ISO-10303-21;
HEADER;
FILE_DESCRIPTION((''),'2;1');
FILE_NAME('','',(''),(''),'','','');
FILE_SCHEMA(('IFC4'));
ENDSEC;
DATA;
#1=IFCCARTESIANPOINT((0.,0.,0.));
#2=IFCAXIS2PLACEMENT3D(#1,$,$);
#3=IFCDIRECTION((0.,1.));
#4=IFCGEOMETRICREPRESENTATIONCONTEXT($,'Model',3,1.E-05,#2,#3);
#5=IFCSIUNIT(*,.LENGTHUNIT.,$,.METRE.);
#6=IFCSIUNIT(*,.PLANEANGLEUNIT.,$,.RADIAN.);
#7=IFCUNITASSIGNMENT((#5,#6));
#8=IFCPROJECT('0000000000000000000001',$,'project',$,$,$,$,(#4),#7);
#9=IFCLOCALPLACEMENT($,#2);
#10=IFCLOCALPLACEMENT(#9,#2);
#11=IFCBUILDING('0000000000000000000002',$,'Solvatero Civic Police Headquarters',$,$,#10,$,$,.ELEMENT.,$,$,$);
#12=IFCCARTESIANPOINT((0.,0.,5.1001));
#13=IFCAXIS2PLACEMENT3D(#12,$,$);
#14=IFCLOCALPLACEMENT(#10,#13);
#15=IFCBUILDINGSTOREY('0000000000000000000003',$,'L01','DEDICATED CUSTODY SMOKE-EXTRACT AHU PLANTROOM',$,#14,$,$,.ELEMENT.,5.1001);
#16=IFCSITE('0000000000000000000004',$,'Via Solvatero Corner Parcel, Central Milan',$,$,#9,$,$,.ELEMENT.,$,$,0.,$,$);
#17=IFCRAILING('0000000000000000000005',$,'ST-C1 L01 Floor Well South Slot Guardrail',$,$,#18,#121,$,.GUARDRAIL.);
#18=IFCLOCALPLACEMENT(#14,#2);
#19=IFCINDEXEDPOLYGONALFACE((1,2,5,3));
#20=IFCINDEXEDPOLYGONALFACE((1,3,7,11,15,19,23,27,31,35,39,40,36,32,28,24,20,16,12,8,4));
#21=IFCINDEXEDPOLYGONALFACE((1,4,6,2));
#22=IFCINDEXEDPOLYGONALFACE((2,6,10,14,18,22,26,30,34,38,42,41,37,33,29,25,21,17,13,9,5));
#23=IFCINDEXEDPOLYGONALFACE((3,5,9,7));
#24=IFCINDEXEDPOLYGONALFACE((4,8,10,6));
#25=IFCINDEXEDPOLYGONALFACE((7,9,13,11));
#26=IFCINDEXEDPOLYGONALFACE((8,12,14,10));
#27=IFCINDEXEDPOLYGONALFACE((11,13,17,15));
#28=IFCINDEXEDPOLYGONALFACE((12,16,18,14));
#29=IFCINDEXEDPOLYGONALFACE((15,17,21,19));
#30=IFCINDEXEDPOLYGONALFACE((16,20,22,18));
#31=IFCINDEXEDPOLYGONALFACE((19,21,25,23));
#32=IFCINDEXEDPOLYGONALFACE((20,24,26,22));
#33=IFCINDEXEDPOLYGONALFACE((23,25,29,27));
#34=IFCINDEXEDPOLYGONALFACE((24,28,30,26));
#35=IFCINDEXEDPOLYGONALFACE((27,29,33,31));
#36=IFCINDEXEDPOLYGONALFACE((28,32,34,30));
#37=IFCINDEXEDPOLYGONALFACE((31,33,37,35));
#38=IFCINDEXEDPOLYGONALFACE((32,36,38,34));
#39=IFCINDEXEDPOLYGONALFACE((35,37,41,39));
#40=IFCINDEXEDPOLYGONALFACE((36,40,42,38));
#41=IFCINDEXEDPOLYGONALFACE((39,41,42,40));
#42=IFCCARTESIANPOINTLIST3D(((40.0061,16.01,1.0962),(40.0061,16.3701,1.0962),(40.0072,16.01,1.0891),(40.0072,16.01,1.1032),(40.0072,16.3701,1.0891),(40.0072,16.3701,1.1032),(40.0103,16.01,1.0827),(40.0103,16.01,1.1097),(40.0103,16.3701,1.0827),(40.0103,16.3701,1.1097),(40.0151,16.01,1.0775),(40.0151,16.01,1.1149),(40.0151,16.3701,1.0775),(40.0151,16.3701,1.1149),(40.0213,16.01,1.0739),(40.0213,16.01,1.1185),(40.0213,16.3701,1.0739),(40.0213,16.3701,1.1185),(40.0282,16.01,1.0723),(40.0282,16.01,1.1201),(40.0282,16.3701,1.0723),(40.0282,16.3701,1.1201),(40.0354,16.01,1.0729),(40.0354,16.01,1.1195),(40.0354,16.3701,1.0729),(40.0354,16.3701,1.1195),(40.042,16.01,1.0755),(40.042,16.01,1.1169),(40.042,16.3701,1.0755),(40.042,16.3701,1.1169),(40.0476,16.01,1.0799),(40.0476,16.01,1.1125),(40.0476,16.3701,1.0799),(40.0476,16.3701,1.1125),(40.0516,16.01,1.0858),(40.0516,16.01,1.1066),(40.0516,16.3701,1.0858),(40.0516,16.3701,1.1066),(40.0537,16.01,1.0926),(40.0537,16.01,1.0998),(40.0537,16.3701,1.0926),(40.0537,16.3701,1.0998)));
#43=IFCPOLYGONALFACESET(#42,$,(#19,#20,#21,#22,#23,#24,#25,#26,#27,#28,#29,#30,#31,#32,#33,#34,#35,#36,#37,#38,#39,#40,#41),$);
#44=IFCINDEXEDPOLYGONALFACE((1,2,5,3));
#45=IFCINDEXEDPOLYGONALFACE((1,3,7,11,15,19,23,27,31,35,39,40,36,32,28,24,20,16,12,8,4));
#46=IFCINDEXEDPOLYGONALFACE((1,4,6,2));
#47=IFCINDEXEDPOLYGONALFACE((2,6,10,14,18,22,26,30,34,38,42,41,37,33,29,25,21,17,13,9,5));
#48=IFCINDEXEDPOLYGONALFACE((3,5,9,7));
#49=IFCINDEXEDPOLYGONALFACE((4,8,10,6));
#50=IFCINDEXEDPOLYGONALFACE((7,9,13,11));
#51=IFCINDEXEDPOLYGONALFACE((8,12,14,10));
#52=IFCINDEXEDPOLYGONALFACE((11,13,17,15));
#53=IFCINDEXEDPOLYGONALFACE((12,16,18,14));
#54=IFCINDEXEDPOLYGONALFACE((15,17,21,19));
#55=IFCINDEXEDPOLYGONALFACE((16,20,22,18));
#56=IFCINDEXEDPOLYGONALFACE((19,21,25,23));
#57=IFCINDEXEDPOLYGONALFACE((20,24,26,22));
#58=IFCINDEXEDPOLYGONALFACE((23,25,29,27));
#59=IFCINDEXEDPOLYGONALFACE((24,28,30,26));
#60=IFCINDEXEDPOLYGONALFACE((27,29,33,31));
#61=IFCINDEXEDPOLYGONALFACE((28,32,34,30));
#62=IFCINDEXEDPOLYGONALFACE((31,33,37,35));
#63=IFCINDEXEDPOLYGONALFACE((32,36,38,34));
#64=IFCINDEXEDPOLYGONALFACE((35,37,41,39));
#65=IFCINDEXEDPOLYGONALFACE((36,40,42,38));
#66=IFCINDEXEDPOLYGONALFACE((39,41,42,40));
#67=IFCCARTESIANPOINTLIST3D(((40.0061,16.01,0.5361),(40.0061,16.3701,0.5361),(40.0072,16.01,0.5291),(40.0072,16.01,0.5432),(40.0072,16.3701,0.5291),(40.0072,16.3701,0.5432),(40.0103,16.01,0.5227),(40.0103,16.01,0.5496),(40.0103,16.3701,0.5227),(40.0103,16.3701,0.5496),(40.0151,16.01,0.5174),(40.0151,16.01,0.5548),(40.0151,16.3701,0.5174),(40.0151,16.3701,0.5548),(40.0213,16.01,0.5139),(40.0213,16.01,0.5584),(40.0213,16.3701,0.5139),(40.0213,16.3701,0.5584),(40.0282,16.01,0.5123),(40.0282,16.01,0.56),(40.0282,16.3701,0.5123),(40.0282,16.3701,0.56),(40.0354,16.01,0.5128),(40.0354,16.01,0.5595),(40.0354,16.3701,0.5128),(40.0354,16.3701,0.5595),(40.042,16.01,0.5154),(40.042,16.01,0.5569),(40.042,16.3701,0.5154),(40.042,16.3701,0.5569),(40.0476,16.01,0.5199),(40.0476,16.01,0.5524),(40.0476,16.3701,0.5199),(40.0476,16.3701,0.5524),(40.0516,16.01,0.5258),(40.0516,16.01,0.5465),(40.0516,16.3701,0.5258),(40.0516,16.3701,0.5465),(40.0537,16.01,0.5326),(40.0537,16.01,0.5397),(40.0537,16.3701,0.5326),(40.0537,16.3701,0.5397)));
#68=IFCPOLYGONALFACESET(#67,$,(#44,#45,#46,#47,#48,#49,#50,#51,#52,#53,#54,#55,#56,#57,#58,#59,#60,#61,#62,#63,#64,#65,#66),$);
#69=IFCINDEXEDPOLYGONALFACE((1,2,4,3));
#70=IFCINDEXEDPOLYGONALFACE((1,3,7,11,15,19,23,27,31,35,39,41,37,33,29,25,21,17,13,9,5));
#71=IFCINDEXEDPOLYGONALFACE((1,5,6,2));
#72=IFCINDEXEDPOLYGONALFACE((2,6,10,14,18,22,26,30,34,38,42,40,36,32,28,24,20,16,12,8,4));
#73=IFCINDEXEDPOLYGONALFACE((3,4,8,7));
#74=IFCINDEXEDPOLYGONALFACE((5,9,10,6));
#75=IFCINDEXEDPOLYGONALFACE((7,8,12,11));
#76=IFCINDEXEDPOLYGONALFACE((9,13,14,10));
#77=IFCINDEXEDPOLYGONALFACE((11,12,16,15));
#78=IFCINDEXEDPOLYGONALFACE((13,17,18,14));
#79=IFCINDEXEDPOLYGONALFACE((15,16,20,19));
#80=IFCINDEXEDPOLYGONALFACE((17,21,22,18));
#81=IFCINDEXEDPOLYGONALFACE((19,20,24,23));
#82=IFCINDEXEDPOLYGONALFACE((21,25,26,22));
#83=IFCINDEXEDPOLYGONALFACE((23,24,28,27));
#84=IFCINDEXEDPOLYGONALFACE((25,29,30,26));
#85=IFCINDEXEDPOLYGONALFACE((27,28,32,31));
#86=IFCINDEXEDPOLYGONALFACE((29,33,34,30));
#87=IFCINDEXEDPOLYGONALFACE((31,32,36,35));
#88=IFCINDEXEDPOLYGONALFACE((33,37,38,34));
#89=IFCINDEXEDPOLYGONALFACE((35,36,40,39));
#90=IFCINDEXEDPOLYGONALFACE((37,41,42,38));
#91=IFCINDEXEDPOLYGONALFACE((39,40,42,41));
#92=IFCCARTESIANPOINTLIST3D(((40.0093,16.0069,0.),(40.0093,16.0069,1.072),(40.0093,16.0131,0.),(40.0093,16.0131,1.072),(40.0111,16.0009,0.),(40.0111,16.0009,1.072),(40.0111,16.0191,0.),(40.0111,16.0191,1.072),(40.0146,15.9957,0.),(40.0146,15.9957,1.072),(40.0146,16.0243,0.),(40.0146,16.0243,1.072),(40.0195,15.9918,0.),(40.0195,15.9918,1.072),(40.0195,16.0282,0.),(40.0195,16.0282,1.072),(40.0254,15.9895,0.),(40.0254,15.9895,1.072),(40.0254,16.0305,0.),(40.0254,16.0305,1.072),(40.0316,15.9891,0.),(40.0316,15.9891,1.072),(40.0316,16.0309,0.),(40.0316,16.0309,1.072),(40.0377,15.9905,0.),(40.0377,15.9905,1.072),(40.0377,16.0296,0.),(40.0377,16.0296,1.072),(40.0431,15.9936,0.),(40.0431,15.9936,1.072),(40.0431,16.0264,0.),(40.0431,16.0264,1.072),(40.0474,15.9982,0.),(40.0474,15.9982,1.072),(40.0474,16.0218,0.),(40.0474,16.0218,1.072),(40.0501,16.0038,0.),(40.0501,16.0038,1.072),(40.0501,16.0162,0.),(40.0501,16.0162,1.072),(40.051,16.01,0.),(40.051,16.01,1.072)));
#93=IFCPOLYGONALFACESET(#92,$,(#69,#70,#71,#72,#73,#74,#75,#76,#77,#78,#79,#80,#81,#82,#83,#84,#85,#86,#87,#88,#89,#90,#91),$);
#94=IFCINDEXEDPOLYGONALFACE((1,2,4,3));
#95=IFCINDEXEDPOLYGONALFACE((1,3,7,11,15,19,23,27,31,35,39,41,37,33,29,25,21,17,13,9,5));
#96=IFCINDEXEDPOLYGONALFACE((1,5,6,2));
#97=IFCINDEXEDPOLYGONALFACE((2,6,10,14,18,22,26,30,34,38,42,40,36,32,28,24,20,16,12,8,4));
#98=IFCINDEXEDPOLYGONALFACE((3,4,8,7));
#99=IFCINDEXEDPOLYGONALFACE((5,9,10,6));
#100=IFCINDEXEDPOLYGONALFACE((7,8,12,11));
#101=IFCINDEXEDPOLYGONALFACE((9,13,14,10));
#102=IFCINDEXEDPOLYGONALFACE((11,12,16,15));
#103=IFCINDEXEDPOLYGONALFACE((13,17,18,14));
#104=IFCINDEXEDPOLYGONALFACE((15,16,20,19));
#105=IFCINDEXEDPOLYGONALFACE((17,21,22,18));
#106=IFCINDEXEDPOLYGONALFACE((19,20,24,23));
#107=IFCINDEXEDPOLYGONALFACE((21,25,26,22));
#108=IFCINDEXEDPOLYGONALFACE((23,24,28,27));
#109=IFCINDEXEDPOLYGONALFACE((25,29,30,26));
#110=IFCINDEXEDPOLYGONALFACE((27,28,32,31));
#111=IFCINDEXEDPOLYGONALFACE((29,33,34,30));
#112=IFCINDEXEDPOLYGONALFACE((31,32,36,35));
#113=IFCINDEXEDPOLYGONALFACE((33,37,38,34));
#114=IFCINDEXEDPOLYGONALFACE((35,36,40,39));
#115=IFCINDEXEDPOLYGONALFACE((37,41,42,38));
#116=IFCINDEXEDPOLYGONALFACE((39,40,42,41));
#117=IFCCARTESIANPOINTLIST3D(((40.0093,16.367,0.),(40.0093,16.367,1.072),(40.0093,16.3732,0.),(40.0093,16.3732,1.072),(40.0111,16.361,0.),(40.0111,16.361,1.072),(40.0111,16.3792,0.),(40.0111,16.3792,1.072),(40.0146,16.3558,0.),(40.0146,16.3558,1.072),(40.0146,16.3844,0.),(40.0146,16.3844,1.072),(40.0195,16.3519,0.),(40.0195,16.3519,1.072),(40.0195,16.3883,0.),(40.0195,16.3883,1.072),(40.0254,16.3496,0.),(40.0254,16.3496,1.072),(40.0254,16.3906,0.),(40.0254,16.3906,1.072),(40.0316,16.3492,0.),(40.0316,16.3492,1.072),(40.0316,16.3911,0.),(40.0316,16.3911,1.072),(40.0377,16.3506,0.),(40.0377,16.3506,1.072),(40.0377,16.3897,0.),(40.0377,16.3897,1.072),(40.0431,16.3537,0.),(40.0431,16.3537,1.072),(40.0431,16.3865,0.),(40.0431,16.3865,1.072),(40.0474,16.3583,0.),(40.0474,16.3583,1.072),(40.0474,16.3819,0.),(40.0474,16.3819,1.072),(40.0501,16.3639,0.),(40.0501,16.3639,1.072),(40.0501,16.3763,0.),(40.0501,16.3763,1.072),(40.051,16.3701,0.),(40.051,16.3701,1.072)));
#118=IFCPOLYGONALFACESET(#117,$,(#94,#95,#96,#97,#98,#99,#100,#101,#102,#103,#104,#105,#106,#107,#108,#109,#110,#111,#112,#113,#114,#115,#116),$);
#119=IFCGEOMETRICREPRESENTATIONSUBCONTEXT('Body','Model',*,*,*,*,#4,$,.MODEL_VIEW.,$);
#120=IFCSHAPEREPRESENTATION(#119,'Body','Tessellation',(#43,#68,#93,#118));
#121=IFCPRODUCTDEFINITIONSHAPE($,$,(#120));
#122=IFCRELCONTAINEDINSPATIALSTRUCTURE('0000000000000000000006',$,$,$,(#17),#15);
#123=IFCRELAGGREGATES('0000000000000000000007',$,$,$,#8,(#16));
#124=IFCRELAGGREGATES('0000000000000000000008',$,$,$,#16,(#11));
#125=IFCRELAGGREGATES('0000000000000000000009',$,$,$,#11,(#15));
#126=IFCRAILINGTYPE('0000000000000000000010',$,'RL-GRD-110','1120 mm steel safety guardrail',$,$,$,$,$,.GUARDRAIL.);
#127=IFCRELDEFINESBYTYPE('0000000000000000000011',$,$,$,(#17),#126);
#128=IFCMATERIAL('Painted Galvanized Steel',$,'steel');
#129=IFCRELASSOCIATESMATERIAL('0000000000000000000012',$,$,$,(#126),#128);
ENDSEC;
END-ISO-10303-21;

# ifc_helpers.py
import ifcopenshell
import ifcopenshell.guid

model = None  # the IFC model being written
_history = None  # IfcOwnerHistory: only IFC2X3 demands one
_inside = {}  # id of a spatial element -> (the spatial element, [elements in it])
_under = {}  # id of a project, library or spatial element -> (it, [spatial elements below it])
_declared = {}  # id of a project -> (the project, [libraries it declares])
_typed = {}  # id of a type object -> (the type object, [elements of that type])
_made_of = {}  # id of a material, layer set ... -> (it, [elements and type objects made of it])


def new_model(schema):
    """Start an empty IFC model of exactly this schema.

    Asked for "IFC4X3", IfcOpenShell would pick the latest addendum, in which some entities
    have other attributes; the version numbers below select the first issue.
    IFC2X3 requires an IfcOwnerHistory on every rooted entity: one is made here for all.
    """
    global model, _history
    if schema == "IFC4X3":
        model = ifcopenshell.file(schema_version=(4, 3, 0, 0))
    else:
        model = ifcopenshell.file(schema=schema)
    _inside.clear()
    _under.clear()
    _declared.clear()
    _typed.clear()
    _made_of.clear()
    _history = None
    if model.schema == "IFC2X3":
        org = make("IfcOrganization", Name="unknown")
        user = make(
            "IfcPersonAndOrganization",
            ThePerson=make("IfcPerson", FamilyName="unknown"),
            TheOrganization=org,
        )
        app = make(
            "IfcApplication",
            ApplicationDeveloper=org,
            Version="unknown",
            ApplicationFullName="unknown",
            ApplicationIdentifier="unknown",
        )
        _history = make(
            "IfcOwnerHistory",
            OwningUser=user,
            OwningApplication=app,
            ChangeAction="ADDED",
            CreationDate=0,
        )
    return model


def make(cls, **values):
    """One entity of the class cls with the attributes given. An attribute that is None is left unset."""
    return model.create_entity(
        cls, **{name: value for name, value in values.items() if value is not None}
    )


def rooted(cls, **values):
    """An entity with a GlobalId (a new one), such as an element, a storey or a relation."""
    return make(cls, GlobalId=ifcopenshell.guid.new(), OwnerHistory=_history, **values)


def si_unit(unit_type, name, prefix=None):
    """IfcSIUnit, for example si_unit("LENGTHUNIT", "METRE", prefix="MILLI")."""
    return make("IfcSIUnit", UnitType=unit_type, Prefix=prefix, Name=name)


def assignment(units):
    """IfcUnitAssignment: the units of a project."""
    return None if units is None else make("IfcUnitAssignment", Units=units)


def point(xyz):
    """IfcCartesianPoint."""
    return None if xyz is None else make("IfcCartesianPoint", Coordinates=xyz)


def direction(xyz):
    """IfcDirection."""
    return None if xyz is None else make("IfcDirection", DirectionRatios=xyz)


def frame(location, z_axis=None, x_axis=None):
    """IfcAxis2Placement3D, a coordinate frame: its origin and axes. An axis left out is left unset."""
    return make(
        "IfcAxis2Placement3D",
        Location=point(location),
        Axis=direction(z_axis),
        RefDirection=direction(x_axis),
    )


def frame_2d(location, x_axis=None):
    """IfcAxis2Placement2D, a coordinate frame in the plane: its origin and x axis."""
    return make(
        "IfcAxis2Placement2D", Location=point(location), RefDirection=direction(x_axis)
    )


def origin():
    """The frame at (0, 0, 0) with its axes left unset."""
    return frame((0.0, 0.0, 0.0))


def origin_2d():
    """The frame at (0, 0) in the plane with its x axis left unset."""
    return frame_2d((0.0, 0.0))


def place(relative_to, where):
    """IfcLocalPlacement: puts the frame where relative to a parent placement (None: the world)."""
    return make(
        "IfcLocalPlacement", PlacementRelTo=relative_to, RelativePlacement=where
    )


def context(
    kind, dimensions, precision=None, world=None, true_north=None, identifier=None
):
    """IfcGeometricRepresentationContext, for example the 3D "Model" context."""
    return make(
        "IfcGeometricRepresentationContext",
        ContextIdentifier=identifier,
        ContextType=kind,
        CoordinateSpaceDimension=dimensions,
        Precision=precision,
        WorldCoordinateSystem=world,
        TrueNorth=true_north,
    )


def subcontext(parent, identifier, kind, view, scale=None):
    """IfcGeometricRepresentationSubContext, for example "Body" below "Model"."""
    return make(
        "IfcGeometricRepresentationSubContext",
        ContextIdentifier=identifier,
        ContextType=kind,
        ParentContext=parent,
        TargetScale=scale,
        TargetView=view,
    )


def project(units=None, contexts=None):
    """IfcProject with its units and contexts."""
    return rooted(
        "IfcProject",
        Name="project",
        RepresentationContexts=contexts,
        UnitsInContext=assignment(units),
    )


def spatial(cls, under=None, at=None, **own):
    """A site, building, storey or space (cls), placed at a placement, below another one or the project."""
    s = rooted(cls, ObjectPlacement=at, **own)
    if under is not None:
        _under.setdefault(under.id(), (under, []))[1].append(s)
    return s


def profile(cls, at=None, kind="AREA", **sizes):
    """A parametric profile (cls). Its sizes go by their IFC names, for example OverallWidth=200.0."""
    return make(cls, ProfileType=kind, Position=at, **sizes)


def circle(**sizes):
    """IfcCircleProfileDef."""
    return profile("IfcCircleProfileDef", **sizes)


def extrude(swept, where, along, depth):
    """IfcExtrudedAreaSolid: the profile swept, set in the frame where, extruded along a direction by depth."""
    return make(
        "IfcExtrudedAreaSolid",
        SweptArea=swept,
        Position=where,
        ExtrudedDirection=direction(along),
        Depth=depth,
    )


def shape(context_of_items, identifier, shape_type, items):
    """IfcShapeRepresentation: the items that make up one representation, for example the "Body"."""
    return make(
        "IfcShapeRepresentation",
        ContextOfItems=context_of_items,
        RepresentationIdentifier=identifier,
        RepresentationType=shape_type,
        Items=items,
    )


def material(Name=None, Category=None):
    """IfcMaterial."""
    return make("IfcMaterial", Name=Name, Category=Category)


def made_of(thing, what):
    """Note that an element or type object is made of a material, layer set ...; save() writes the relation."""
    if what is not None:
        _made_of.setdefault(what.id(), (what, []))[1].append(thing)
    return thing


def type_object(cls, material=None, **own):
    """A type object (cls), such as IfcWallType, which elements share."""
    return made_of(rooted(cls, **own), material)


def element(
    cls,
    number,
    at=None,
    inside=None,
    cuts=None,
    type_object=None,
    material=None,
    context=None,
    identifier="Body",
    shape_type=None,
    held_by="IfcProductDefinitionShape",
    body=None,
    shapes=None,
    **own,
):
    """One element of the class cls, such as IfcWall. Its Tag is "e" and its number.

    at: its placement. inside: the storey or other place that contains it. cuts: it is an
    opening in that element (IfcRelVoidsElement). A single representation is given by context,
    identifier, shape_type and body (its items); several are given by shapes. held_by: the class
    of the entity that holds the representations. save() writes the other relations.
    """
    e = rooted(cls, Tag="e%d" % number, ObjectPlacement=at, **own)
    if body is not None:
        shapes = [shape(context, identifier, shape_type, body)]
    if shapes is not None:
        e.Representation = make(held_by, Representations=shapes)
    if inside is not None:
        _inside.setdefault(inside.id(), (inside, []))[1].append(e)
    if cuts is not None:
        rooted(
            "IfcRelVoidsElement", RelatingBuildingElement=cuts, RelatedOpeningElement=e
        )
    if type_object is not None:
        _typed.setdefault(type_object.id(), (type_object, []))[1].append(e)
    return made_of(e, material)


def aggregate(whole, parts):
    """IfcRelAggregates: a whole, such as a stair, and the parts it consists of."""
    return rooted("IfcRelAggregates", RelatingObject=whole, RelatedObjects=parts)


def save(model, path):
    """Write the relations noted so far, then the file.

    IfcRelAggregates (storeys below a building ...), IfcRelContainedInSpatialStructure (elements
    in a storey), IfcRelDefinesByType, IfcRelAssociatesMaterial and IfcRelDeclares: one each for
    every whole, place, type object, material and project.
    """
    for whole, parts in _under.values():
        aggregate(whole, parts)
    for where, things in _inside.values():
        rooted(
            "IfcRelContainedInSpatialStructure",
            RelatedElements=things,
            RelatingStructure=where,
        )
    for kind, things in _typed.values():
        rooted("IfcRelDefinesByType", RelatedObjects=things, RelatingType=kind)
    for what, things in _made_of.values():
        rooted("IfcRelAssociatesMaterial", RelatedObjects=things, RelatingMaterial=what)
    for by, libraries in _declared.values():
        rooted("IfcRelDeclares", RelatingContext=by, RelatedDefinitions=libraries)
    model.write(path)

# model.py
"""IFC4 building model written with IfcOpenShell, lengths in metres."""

from ifc_helpers import new_model, si_unit, direction, frame, origin, origin_2d, place, context, subcontext, project, spatial, circle, extrude, material, type_object, element, save


model = new_model("IFC4")

# Units and contexts
model_context = context("Model", 3, precision=1e-05, world=origin(), true_north=direction((0.0, 1.0)))
body_context = subcontext(model_context, "Body", "Model", "MODEL_VIEW")
ifc_project = project(units=[si_unit("LENGTHUNIT", "METRE"), si_unit("PLANEANGLEUNIT", "RADIAN")], contexts=[model_context])

# Site, building, storey
site_placement = place(None, origin())
site = spatial("IfcSite", under=ifc_project, at=site_placement, Name="Via Solvatero Corner Parcel, Central Milan", CompositionType="ELEMENT", RefElevation=0.0)
building_placement = place(site_placement, origin())
building = spatial("IfcBuilding", under=site, at=building_placement, Name="Solvatero Civic Police Headquarters", CompositionType="ELEMENT")
storey_placement = place(building_placement, frame((0.0, 0.0, 5.1001)))
storey = spatial("IfcBuildingStorey", under=building, at=storey_placement, Name="L01", Description="DEDICATED CUSTODY SMOKE-EXTRACT AHU PLANTROOM", CompositionType="ELEMENT", Elevation=5.1001)

# Railing
ifc_material_1 = material(Name="Painted Galvanized Steel", Category="steel")
railing_type_1 = type_object("IfcRailingType", Name="RL-GRD-110", Description="1120 mm steel safety guardrail", PredefinedType="GUARDRAIL", material=ifc_material_1)
for number, where, name in (
    (1, (40.03, 16.01, 0.0), "ST-C1 L01 Floor Well South Slot Guardrail"),
):
    element("IfcRailing", number, at=place(storey_placement, frame(where)), inside=storey, type_object=railing_type_1, Name=name, PredefinedType="GUARDRAIL", context=body_context, shape_type="SweptSolid", body=[
        extrude(circle(Radius=0.0239, at=origin_2d()), frame((0.0, 0.0, 1.0962), z_axis=(0.0, 1.0, 0.0), x_axis=(-1.0, 0.0, 0.0)), (0.0, 0.0, 1.0), 0.3601),
        extrude(circle(Radius=0.0239, at=origin_2d()), frame((0.0, 0.0, 0.5361), z_axis=(0.0, 1.0, 0.0), x_axis=(-1.0, 0.0, 0.0)), (0.0, 0.0, 1.0), 0.3601),
        extrude(circle(Radius=0.021, at=origin_2d()), origin(), (0.0, 0.0, 1.0), 1.072),
        extrude(circle(Radius=0.021, at=origin_2d()), frame((0.0, 0.3601, 0.0)), (0.0, 0.0, 1.0), 1.072),
    ])

save(model, "model.ifc")
